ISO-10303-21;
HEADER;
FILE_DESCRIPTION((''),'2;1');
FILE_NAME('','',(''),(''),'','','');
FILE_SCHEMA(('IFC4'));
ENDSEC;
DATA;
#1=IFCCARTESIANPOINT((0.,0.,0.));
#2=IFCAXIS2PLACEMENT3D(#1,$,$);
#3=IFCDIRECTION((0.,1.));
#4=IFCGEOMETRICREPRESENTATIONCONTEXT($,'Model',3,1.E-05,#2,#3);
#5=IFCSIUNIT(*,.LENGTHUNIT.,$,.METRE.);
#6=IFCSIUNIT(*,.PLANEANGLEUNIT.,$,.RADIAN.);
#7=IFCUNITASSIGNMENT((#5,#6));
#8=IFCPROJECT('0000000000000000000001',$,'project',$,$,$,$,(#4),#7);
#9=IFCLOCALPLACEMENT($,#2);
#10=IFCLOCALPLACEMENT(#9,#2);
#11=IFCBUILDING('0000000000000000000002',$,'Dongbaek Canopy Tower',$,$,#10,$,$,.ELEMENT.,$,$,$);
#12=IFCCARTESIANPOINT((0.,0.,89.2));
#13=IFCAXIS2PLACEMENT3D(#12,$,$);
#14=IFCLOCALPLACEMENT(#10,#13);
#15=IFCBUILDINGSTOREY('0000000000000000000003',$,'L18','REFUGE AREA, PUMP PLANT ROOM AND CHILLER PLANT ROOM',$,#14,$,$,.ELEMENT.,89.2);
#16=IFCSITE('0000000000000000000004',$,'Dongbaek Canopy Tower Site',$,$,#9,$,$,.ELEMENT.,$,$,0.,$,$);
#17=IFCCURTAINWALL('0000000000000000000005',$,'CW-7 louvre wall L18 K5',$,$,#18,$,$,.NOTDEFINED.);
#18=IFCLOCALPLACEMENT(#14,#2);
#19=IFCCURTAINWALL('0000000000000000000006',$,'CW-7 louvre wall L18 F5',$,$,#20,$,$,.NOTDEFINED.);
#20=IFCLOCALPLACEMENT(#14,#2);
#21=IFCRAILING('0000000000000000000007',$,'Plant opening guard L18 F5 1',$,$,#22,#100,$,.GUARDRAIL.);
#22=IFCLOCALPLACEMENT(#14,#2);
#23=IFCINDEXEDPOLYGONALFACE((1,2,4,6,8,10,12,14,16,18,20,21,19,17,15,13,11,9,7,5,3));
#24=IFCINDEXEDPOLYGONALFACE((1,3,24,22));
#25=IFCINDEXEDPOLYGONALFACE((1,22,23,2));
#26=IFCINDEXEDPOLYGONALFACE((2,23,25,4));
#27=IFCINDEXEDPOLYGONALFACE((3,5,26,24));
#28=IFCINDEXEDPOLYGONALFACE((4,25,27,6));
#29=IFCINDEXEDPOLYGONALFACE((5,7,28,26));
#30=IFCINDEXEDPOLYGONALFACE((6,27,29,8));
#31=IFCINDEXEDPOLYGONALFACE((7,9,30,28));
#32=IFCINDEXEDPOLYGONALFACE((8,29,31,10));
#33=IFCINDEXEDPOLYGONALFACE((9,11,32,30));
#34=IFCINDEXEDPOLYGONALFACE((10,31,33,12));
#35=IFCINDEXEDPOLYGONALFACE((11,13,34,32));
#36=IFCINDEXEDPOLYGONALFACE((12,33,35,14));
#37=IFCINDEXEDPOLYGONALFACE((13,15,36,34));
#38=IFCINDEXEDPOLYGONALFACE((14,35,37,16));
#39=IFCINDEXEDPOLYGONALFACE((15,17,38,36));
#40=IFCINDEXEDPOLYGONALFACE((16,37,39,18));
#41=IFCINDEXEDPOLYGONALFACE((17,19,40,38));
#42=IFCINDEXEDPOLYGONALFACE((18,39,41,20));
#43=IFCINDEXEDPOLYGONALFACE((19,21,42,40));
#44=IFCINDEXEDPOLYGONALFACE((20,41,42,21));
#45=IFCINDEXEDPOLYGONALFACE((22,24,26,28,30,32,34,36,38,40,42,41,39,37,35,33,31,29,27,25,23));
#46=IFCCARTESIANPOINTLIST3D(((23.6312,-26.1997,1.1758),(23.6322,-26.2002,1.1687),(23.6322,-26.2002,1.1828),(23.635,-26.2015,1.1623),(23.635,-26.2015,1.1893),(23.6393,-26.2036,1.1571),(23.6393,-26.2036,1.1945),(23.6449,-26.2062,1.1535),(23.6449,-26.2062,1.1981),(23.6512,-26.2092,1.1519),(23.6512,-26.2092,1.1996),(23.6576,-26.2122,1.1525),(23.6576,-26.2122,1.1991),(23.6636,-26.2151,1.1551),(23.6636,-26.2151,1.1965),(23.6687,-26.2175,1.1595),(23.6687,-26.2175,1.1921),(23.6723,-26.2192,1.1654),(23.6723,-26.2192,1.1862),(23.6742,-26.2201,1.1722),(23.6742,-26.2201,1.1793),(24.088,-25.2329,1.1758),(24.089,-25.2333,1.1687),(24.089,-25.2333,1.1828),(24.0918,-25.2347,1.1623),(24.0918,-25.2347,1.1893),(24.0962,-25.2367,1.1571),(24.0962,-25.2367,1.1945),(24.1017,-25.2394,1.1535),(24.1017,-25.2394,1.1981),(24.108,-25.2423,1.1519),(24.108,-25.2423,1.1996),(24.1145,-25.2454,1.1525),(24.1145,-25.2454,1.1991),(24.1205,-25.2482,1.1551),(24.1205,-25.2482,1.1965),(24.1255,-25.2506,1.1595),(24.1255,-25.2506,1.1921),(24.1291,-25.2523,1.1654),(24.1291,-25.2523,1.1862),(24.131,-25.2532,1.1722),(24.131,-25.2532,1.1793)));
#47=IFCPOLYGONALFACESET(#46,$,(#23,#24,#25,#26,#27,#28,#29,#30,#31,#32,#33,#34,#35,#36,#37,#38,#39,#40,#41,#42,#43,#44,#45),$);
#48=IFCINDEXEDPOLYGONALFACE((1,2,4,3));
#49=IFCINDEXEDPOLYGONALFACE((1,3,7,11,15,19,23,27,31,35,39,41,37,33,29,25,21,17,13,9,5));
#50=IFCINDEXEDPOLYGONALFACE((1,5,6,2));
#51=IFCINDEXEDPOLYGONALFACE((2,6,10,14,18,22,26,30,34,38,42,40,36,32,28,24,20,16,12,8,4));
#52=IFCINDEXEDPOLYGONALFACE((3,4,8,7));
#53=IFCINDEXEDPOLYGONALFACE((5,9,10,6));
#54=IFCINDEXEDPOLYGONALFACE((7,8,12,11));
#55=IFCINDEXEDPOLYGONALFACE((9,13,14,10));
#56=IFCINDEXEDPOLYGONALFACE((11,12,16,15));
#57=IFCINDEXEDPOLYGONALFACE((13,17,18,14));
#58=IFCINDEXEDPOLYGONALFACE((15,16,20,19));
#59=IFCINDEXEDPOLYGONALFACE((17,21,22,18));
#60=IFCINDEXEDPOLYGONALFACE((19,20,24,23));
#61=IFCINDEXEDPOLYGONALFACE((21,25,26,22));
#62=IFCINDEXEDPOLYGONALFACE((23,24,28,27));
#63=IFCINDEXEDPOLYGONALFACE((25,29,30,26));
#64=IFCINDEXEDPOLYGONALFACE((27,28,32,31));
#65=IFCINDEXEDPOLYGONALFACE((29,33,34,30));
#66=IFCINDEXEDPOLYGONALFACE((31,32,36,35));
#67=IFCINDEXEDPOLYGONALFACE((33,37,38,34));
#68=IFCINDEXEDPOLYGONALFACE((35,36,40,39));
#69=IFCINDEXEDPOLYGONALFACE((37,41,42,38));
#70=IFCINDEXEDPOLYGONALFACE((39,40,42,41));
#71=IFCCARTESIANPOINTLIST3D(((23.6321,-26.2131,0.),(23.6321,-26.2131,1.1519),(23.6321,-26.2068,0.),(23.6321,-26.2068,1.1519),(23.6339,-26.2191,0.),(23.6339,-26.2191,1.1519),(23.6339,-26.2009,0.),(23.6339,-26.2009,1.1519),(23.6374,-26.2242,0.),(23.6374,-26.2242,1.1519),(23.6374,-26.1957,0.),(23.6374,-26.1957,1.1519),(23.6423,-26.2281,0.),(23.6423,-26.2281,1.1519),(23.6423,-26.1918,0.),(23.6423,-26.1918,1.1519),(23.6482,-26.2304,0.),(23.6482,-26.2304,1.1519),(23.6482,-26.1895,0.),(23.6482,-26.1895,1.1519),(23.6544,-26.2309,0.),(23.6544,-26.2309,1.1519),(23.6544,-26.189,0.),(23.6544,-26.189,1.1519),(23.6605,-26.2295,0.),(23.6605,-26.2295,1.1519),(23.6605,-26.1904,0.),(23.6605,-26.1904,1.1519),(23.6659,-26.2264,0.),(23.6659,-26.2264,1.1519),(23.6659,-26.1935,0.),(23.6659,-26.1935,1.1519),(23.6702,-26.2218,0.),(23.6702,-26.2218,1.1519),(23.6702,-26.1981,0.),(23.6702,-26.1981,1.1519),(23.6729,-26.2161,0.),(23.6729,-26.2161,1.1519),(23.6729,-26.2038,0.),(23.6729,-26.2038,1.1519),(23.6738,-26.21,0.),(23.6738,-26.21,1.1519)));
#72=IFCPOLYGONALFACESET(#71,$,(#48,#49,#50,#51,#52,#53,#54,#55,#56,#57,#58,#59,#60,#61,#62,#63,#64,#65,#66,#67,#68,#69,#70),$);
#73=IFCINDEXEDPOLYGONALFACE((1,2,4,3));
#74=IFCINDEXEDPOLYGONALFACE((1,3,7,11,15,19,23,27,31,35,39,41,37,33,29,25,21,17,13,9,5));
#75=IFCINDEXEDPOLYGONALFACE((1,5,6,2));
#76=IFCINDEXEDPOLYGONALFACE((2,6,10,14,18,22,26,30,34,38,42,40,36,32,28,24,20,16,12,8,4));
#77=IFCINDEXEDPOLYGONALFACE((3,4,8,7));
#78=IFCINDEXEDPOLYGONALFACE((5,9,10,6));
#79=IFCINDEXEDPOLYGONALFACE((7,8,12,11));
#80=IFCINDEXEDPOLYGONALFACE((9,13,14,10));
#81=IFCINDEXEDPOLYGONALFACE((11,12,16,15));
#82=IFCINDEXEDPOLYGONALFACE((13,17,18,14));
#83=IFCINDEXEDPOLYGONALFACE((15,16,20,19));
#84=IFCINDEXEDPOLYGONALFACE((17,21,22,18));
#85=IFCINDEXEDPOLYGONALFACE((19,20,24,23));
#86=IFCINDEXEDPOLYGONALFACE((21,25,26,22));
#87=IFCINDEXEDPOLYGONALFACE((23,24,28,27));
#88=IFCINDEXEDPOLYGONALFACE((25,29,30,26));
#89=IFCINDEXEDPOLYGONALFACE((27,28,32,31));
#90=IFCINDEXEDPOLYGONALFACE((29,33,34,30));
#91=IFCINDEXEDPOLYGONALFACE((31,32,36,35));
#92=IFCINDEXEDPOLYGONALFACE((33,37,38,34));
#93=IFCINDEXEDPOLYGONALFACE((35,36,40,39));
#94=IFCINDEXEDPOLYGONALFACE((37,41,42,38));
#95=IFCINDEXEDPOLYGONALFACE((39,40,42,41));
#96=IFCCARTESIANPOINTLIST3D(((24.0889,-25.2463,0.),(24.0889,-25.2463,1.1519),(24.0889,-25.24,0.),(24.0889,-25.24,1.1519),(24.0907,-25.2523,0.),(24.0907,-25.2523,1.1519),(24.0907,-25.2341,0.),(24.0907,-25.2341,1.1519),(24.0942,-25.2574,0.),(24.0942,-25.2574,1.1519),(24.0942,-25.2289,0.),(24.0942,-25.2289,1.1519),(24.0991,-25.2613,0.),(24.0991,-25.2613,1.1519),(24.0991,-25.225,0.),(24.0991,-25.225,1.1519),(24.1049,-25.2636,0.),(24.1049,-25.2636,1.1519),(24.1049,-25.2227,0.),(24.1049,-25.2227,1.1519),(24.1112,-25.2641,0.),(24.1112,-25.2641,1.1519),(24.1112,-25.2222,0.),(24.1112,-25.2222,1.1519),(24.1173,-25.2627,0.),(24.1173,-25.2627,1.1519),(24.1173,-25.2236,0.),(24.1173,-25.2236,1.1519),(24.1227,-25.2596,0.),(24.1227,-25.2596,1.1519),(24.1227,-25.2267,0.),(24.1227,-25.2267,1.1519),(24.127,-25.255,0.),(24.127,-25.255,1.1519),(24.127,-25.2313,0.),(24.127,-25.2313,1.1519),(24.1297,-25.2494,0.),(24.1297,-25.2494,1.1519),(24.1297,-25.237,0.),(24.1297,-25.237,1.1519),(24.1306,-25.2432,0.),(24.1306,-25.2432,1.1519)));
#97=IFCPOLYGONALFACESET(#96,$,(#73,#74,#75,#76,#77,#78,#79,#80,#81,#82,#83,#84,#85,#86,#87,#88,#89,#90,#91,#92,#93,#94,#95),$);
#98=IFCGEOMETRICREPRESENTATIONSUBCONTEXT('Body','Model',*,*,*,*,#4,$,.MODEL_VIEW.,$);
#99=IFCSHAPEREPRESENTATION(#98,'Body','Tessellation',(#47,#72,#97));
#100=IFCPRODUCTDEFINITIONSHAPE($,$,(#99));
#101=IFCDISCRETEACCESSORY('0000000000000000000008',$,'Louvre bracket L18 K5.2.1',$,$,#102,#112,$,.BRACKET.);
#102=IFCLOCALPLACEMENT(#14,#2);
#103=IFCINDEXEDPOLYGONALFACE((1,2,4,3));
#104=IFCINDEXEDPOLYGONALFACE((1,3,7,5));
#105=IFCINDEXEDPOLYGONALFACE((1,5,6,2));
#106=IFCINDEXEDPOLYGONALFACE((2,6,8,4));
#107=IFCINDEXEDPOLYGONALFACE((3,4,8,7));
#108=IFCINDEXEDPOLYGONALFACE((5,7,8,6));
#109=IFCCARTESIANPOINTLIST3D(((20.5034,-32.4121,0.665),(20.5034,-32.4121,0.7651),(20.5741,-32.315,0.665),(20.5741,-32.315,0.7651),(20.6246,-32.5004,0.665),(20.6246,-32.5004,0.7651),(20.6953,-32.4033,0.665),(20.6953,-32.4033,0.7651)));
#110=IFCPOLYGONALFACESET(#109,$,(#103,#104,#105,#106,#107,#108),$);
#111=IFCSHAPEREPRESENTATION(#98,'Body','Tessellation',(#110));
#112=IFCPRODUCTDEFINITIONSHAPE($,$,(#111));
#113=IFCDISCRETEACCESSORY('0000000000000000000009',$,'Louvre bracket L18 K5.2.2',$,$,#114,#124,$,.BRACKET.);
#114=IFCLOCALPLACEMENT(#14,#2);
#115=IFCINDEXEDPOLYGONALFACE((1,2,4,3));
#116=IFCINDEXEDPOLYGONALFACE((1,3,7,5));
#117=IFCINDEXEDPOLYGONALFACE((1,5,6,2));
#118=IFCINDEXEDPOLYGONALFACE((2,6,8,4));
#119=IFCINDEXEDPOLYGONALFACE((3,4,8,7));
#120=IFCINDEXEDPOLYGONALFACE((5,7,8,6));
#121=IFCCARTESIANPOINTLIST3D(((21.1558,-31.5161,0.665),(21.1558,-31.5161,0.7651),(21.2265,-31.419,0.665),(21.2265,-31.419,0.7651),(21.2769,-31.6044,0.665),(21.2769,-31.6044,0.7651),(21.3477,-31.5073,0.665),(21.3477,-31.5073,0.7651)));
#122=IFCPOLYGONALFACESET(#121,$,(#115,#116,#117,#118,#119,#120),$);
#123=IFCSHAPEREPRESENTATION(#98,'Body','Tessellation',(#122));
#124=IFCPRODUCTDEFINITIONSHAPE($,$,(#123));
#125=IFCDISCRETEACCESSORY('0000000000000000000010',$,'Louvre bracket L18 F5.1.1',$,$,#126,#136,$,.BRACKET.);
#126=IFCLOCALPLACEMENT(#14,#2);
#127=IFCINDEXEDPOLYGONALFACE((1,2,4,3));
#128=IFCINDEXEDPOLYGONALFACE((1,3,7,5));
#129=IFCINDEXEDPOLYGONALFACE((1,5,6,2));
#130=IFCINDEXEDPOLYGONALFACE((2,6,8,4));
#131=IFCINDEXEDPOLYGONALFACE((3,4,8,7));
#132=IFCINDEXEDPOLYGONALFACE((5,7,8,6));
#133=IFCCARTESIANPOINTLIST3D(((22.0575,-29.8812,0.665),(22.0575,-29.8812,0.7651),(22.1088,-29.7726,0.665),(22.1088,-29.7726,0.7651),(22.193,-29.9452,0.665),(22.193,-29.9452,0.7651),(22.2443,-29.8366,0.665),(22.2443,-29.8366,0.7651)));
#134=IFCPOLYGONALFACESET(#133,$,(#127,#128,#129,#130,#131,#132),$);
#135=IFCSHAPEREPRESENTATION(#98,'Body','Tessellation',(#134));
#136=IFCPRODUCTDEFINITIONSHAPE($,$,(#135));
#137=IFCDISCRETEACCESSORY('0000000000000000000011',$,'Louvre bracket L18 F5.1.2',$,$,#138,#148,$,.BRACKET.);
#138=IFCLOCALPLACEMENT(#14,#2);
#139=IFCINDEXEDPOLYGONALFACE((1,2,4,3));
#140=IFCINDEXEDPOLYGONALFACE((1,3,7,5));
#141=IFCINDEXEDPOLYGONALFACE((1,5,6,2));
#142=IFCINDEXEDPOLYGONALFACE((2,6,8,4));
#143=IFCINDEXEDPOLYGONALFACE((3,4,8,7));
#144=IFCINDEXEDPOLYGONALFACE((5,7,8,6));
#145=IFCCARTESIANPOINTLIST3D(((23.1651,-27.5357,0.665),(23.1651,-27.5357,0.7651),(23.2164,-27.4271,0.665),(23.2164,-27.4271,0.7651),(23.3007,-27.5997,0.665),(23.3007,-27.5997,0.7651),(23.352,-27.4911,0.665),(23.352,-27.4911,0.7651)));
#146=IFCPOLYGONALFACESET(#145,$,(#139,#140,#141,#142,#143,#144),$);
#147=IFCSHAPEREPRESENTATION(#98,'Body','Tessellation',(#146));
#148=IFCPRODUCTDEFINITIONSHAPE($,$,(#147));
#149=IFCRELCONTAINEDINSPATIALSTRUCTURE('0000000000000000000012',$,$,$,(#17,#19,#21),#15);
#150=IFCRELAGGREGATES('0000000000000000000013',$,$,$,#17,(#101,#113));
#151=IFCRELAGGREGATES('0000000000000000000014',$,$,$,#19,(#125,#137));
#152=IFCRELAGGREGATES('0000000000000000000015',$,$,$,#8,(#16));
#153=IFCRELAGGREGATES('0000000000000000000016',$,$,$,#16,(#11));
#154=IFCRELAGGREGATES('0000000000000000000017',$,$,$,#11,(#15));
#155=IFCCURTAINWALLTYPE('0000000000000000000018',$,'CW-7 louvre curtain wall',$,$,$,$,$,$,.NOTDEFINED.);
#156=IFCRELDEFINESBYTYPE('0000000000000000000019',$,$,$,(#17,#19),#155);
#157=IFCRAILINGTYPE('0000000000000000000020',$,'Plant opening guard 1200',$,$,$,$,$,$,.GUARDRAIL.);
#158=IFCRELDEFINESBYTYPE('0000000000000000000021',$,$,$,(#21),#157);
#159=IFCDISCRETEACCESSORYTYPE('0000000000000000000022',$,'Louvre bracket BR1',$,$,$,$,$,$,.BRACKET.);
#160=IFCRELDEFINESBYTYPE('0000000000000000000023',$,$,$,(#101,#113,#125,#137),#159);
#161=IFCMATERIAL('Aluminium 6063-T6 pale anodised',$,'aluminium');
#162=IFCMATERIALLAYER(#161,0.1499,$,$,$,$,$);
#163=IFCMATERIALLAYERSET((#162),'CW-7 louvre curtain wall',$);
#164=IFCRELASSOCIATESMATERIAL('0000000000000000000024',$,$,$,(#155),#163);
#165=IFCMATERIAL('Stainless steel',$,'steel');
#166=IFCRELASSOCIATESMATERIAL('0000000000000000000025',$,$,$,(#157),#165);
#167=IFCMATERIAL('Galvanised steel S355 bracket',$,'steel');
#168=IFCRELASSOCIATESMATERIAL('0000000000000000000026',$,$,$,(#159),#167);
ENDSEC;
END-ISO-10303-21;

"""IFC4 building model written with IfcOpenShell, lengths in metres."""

from ifc_helpers import new_model, si_unit, direction, frame, origin, origin_2d, place, context, subcontext, project, spatial, rectangle, circle, extrude, material, layer, layer_set, type_object, element, aggregate, save


model = new_model("IFC4")

# Units and contexts
model_context = context("Model", 3, precision=1e-05, world=origin(), true_north=direction((0.0, 1.0)))
body_context = subcontext(model_context, "Body", "Model", "MODEL_VIEW")
ifc_project = project(units=[si_unit("LENGTHUNIT", "METRE"), si_unit("PLANEANGLEUNIT", "RADIAN")], contexts=[model_context])

# Site, building, storey
site_placement = place(None, origin())
site = spatial("IfcSite", under=ifc_project, at=site_placement, Name="Dongbaek Canopy Tower Site", CompositionType="ELEMENT", RefElevation=0.0)
building_placement = place(site_placement, origin())
building = spatial("IfcBuilding", under=site, at=building_placement, Name="Dongbaek Canopy Tower", CompositionType="ELEMENT")
storey_placement = place(building_placement, frame((0.0, 0.0, 89.2)))
storey = spatial("IfcBuildingStorey", under=building, at=storey_placement, Name="L18", Description="REFUGE AREA, PUMP PLANT ROOM AND CHILLER PLANT ROOM", CompositionType="ELEMENT", Elevation=89.2)

# Curtain walls
ifc_material_1 = material(Name="Aluminium 6063-T6 pale anodised", Category="aluminium")
ifc_layer_1 = layer(ifc_material_1, 0.1499)
ifc_layer_set_1 = layer_set([ifc_layer_1], Name="CW-7 louvre curtain wall")
curtain_wall_type = type_object("IfcCurtainWallType", Name="CW-7 louvre curtain wall", PredefinedType="NOTDEFINED", material=ifc_layer_set_1)
curtain_wall_1_placement = place(storey_placement, origin())
curtain_wall_1 = element("IfcCurtainWall", 1, at=curtain_wall_1_placement, inside=storey, type_object=curtain_wall_type, Name="CW-7 louvre wall L18 K5", PredefinedType="NOTDEFINED")
curtain_wall_2_placement = place(storey_placement, origin())
curtain_wall_2 = element("IfcCurtainWall", 2, at=curtain_wall_2_placement, inside=storey, type_object=curtain_wall_type, Name="CW-7 louvre wall L18 F5", PredefinedType="NOTDEFINED")

# Railing
ifc_material_2 = material(Name="Stainless steel", Category="steel")
railing_type = type_object("IfcRailingType", Name="Plant opening guard 1200", PredefinedType="GUARDRAIL", material=ifc_material_2)
railing_placement = place(storey_placement, frame((23.6528, -26.21, 0.0)))
element("IfcRailing", 3, at=railing_placement, inside=storey, type_object=railing_type, Name="Plant opening guard L18 F5 1", PredefinedType="GUARDRAIL", context=body_context, shape_type="SweptSolid", body=[
    extrude(circle(Radius=0.0239, at=origin_2d()), frame((0.0, 0.0, 1.1758), z_axis=(0.427193, 0.90416, 0.0), x_axis=(-0.90416, 0.427193, 0.0)), (0.0, 0.0, 1.0), 1.0693),
    extrude(circle(Radius=0.021, at=origin_2d()), origin(), (0.0, 0.0, 1.0), 1.1519),
    extrude(circle(Radius=0.021, at=origin_2d()), frame((0.4568, 0.9668, 0.0)), (0.0, 0.0, 1.0), 1.1519),
])

# Discrete accessories
ifc_material_3 = material(Name="Galvanised steel S355 bracket", Category="steel")
discrete_accessory_type = type_object("IfcDiscreteAccessoryType", Name="Louvre bracket BR1", PredefinedType="BRACKET", material=ifc_material_3)
discrete_accessory_1_placement = place(storey_placement, frame((20.5994, -32.4077, 0.665), z_axis=(0.0, 0.0, 1.0), x_axis=(0.588653, 0.808386, 0.0)))
discrete_accessory_1 = element("IfcDiscreteAccessory", 4, at=discrete_accessory_1_placement, type_object=discrete_accessory_type, Name="Louvre bracket L18 K5.2.1", PredefinedType="BRACKET", context=body_context, shape_type="SweptSolid", body=[
    extrude(rectangle(XDim=0.1201, YDim=0.1499, at=origin_2d()), origin(), (0.0, 0.0, 1.0), 0.1001),
])
discrete_accessory_2_placement = place(storey_placement, frame((21.2517, -31.5117, 0.665), z_axis=(0.0, 0.0, 1.0), x_axis=(0.588653, 0.808386, 0.0)))
discrete_accessory_2 = element("IfcDiscreteAccessory", 5, at=discrete_accessory_2_placement, type_object=discrete_accessory_type, Name="Louvre bracket L18 K5.2.2", PredefinedType="BRACKET", context=body_context, shape_type="SweptSolid", body=[
    extrude(rectangle(XDim=0.1201, YDim=0.1499, at=origin_2d()), origin(), (0.0, 0.0, 1.0), 0.1001),
])
aggregate(curtain_wall_1, [discrete_accessory_1, discrete_accessory_2])
discrete_accessory_3_placement = place(storey_placement, frame((22.1509, -29.8589, 0.665), z_axis=(0.0, 0.0, 1.0), x_axis=(0.427039, 0.904233, 0.0)))
discrete_accessory_3 = element("IfcDiscreteAccessory", 6, at=discrete_accessory_3_placement, type_object=discrete_accessory_type, Name="Louvre bracket L18 F5.1.1", PredefinedType="BRACKET", context=body_context, shape_type="SweptSolid", body=[
    extrude(rectangle(XDim=0.1201, YDim=0.1499, at=origin_2d()), origin(), (0.0, 0.0, 1.0), 0.1001),
])
discrete_accessory_4_placement = place(storey_placement, frame((23.2585, -27.5134, 0.665), z_axis=(0.0, 0.0, 1.0), x_axis=(0.427039, 0.904233, 0.0)))
discrete_accessory_4 = element("IfcDiscreteAccessory", 7, at=discrete_accessory_4_placement, type_object=discrete_accessory_type, Name="Louvre bracket L18 F5.1.2", PredefinedType="BRACKET", context=body_context, shape_type="SweptSolid", body=[
    extrude(rectangle(XDim=0.1201, YDim=0.1499, at=origin_2d()), origin(), (0.0, 0.0, 1.0), 0.1001),
])
aggregate(curtain_wall_2, [discrete_accessory_3, discrete_accessory_4])

save(model, "model.ifc")
